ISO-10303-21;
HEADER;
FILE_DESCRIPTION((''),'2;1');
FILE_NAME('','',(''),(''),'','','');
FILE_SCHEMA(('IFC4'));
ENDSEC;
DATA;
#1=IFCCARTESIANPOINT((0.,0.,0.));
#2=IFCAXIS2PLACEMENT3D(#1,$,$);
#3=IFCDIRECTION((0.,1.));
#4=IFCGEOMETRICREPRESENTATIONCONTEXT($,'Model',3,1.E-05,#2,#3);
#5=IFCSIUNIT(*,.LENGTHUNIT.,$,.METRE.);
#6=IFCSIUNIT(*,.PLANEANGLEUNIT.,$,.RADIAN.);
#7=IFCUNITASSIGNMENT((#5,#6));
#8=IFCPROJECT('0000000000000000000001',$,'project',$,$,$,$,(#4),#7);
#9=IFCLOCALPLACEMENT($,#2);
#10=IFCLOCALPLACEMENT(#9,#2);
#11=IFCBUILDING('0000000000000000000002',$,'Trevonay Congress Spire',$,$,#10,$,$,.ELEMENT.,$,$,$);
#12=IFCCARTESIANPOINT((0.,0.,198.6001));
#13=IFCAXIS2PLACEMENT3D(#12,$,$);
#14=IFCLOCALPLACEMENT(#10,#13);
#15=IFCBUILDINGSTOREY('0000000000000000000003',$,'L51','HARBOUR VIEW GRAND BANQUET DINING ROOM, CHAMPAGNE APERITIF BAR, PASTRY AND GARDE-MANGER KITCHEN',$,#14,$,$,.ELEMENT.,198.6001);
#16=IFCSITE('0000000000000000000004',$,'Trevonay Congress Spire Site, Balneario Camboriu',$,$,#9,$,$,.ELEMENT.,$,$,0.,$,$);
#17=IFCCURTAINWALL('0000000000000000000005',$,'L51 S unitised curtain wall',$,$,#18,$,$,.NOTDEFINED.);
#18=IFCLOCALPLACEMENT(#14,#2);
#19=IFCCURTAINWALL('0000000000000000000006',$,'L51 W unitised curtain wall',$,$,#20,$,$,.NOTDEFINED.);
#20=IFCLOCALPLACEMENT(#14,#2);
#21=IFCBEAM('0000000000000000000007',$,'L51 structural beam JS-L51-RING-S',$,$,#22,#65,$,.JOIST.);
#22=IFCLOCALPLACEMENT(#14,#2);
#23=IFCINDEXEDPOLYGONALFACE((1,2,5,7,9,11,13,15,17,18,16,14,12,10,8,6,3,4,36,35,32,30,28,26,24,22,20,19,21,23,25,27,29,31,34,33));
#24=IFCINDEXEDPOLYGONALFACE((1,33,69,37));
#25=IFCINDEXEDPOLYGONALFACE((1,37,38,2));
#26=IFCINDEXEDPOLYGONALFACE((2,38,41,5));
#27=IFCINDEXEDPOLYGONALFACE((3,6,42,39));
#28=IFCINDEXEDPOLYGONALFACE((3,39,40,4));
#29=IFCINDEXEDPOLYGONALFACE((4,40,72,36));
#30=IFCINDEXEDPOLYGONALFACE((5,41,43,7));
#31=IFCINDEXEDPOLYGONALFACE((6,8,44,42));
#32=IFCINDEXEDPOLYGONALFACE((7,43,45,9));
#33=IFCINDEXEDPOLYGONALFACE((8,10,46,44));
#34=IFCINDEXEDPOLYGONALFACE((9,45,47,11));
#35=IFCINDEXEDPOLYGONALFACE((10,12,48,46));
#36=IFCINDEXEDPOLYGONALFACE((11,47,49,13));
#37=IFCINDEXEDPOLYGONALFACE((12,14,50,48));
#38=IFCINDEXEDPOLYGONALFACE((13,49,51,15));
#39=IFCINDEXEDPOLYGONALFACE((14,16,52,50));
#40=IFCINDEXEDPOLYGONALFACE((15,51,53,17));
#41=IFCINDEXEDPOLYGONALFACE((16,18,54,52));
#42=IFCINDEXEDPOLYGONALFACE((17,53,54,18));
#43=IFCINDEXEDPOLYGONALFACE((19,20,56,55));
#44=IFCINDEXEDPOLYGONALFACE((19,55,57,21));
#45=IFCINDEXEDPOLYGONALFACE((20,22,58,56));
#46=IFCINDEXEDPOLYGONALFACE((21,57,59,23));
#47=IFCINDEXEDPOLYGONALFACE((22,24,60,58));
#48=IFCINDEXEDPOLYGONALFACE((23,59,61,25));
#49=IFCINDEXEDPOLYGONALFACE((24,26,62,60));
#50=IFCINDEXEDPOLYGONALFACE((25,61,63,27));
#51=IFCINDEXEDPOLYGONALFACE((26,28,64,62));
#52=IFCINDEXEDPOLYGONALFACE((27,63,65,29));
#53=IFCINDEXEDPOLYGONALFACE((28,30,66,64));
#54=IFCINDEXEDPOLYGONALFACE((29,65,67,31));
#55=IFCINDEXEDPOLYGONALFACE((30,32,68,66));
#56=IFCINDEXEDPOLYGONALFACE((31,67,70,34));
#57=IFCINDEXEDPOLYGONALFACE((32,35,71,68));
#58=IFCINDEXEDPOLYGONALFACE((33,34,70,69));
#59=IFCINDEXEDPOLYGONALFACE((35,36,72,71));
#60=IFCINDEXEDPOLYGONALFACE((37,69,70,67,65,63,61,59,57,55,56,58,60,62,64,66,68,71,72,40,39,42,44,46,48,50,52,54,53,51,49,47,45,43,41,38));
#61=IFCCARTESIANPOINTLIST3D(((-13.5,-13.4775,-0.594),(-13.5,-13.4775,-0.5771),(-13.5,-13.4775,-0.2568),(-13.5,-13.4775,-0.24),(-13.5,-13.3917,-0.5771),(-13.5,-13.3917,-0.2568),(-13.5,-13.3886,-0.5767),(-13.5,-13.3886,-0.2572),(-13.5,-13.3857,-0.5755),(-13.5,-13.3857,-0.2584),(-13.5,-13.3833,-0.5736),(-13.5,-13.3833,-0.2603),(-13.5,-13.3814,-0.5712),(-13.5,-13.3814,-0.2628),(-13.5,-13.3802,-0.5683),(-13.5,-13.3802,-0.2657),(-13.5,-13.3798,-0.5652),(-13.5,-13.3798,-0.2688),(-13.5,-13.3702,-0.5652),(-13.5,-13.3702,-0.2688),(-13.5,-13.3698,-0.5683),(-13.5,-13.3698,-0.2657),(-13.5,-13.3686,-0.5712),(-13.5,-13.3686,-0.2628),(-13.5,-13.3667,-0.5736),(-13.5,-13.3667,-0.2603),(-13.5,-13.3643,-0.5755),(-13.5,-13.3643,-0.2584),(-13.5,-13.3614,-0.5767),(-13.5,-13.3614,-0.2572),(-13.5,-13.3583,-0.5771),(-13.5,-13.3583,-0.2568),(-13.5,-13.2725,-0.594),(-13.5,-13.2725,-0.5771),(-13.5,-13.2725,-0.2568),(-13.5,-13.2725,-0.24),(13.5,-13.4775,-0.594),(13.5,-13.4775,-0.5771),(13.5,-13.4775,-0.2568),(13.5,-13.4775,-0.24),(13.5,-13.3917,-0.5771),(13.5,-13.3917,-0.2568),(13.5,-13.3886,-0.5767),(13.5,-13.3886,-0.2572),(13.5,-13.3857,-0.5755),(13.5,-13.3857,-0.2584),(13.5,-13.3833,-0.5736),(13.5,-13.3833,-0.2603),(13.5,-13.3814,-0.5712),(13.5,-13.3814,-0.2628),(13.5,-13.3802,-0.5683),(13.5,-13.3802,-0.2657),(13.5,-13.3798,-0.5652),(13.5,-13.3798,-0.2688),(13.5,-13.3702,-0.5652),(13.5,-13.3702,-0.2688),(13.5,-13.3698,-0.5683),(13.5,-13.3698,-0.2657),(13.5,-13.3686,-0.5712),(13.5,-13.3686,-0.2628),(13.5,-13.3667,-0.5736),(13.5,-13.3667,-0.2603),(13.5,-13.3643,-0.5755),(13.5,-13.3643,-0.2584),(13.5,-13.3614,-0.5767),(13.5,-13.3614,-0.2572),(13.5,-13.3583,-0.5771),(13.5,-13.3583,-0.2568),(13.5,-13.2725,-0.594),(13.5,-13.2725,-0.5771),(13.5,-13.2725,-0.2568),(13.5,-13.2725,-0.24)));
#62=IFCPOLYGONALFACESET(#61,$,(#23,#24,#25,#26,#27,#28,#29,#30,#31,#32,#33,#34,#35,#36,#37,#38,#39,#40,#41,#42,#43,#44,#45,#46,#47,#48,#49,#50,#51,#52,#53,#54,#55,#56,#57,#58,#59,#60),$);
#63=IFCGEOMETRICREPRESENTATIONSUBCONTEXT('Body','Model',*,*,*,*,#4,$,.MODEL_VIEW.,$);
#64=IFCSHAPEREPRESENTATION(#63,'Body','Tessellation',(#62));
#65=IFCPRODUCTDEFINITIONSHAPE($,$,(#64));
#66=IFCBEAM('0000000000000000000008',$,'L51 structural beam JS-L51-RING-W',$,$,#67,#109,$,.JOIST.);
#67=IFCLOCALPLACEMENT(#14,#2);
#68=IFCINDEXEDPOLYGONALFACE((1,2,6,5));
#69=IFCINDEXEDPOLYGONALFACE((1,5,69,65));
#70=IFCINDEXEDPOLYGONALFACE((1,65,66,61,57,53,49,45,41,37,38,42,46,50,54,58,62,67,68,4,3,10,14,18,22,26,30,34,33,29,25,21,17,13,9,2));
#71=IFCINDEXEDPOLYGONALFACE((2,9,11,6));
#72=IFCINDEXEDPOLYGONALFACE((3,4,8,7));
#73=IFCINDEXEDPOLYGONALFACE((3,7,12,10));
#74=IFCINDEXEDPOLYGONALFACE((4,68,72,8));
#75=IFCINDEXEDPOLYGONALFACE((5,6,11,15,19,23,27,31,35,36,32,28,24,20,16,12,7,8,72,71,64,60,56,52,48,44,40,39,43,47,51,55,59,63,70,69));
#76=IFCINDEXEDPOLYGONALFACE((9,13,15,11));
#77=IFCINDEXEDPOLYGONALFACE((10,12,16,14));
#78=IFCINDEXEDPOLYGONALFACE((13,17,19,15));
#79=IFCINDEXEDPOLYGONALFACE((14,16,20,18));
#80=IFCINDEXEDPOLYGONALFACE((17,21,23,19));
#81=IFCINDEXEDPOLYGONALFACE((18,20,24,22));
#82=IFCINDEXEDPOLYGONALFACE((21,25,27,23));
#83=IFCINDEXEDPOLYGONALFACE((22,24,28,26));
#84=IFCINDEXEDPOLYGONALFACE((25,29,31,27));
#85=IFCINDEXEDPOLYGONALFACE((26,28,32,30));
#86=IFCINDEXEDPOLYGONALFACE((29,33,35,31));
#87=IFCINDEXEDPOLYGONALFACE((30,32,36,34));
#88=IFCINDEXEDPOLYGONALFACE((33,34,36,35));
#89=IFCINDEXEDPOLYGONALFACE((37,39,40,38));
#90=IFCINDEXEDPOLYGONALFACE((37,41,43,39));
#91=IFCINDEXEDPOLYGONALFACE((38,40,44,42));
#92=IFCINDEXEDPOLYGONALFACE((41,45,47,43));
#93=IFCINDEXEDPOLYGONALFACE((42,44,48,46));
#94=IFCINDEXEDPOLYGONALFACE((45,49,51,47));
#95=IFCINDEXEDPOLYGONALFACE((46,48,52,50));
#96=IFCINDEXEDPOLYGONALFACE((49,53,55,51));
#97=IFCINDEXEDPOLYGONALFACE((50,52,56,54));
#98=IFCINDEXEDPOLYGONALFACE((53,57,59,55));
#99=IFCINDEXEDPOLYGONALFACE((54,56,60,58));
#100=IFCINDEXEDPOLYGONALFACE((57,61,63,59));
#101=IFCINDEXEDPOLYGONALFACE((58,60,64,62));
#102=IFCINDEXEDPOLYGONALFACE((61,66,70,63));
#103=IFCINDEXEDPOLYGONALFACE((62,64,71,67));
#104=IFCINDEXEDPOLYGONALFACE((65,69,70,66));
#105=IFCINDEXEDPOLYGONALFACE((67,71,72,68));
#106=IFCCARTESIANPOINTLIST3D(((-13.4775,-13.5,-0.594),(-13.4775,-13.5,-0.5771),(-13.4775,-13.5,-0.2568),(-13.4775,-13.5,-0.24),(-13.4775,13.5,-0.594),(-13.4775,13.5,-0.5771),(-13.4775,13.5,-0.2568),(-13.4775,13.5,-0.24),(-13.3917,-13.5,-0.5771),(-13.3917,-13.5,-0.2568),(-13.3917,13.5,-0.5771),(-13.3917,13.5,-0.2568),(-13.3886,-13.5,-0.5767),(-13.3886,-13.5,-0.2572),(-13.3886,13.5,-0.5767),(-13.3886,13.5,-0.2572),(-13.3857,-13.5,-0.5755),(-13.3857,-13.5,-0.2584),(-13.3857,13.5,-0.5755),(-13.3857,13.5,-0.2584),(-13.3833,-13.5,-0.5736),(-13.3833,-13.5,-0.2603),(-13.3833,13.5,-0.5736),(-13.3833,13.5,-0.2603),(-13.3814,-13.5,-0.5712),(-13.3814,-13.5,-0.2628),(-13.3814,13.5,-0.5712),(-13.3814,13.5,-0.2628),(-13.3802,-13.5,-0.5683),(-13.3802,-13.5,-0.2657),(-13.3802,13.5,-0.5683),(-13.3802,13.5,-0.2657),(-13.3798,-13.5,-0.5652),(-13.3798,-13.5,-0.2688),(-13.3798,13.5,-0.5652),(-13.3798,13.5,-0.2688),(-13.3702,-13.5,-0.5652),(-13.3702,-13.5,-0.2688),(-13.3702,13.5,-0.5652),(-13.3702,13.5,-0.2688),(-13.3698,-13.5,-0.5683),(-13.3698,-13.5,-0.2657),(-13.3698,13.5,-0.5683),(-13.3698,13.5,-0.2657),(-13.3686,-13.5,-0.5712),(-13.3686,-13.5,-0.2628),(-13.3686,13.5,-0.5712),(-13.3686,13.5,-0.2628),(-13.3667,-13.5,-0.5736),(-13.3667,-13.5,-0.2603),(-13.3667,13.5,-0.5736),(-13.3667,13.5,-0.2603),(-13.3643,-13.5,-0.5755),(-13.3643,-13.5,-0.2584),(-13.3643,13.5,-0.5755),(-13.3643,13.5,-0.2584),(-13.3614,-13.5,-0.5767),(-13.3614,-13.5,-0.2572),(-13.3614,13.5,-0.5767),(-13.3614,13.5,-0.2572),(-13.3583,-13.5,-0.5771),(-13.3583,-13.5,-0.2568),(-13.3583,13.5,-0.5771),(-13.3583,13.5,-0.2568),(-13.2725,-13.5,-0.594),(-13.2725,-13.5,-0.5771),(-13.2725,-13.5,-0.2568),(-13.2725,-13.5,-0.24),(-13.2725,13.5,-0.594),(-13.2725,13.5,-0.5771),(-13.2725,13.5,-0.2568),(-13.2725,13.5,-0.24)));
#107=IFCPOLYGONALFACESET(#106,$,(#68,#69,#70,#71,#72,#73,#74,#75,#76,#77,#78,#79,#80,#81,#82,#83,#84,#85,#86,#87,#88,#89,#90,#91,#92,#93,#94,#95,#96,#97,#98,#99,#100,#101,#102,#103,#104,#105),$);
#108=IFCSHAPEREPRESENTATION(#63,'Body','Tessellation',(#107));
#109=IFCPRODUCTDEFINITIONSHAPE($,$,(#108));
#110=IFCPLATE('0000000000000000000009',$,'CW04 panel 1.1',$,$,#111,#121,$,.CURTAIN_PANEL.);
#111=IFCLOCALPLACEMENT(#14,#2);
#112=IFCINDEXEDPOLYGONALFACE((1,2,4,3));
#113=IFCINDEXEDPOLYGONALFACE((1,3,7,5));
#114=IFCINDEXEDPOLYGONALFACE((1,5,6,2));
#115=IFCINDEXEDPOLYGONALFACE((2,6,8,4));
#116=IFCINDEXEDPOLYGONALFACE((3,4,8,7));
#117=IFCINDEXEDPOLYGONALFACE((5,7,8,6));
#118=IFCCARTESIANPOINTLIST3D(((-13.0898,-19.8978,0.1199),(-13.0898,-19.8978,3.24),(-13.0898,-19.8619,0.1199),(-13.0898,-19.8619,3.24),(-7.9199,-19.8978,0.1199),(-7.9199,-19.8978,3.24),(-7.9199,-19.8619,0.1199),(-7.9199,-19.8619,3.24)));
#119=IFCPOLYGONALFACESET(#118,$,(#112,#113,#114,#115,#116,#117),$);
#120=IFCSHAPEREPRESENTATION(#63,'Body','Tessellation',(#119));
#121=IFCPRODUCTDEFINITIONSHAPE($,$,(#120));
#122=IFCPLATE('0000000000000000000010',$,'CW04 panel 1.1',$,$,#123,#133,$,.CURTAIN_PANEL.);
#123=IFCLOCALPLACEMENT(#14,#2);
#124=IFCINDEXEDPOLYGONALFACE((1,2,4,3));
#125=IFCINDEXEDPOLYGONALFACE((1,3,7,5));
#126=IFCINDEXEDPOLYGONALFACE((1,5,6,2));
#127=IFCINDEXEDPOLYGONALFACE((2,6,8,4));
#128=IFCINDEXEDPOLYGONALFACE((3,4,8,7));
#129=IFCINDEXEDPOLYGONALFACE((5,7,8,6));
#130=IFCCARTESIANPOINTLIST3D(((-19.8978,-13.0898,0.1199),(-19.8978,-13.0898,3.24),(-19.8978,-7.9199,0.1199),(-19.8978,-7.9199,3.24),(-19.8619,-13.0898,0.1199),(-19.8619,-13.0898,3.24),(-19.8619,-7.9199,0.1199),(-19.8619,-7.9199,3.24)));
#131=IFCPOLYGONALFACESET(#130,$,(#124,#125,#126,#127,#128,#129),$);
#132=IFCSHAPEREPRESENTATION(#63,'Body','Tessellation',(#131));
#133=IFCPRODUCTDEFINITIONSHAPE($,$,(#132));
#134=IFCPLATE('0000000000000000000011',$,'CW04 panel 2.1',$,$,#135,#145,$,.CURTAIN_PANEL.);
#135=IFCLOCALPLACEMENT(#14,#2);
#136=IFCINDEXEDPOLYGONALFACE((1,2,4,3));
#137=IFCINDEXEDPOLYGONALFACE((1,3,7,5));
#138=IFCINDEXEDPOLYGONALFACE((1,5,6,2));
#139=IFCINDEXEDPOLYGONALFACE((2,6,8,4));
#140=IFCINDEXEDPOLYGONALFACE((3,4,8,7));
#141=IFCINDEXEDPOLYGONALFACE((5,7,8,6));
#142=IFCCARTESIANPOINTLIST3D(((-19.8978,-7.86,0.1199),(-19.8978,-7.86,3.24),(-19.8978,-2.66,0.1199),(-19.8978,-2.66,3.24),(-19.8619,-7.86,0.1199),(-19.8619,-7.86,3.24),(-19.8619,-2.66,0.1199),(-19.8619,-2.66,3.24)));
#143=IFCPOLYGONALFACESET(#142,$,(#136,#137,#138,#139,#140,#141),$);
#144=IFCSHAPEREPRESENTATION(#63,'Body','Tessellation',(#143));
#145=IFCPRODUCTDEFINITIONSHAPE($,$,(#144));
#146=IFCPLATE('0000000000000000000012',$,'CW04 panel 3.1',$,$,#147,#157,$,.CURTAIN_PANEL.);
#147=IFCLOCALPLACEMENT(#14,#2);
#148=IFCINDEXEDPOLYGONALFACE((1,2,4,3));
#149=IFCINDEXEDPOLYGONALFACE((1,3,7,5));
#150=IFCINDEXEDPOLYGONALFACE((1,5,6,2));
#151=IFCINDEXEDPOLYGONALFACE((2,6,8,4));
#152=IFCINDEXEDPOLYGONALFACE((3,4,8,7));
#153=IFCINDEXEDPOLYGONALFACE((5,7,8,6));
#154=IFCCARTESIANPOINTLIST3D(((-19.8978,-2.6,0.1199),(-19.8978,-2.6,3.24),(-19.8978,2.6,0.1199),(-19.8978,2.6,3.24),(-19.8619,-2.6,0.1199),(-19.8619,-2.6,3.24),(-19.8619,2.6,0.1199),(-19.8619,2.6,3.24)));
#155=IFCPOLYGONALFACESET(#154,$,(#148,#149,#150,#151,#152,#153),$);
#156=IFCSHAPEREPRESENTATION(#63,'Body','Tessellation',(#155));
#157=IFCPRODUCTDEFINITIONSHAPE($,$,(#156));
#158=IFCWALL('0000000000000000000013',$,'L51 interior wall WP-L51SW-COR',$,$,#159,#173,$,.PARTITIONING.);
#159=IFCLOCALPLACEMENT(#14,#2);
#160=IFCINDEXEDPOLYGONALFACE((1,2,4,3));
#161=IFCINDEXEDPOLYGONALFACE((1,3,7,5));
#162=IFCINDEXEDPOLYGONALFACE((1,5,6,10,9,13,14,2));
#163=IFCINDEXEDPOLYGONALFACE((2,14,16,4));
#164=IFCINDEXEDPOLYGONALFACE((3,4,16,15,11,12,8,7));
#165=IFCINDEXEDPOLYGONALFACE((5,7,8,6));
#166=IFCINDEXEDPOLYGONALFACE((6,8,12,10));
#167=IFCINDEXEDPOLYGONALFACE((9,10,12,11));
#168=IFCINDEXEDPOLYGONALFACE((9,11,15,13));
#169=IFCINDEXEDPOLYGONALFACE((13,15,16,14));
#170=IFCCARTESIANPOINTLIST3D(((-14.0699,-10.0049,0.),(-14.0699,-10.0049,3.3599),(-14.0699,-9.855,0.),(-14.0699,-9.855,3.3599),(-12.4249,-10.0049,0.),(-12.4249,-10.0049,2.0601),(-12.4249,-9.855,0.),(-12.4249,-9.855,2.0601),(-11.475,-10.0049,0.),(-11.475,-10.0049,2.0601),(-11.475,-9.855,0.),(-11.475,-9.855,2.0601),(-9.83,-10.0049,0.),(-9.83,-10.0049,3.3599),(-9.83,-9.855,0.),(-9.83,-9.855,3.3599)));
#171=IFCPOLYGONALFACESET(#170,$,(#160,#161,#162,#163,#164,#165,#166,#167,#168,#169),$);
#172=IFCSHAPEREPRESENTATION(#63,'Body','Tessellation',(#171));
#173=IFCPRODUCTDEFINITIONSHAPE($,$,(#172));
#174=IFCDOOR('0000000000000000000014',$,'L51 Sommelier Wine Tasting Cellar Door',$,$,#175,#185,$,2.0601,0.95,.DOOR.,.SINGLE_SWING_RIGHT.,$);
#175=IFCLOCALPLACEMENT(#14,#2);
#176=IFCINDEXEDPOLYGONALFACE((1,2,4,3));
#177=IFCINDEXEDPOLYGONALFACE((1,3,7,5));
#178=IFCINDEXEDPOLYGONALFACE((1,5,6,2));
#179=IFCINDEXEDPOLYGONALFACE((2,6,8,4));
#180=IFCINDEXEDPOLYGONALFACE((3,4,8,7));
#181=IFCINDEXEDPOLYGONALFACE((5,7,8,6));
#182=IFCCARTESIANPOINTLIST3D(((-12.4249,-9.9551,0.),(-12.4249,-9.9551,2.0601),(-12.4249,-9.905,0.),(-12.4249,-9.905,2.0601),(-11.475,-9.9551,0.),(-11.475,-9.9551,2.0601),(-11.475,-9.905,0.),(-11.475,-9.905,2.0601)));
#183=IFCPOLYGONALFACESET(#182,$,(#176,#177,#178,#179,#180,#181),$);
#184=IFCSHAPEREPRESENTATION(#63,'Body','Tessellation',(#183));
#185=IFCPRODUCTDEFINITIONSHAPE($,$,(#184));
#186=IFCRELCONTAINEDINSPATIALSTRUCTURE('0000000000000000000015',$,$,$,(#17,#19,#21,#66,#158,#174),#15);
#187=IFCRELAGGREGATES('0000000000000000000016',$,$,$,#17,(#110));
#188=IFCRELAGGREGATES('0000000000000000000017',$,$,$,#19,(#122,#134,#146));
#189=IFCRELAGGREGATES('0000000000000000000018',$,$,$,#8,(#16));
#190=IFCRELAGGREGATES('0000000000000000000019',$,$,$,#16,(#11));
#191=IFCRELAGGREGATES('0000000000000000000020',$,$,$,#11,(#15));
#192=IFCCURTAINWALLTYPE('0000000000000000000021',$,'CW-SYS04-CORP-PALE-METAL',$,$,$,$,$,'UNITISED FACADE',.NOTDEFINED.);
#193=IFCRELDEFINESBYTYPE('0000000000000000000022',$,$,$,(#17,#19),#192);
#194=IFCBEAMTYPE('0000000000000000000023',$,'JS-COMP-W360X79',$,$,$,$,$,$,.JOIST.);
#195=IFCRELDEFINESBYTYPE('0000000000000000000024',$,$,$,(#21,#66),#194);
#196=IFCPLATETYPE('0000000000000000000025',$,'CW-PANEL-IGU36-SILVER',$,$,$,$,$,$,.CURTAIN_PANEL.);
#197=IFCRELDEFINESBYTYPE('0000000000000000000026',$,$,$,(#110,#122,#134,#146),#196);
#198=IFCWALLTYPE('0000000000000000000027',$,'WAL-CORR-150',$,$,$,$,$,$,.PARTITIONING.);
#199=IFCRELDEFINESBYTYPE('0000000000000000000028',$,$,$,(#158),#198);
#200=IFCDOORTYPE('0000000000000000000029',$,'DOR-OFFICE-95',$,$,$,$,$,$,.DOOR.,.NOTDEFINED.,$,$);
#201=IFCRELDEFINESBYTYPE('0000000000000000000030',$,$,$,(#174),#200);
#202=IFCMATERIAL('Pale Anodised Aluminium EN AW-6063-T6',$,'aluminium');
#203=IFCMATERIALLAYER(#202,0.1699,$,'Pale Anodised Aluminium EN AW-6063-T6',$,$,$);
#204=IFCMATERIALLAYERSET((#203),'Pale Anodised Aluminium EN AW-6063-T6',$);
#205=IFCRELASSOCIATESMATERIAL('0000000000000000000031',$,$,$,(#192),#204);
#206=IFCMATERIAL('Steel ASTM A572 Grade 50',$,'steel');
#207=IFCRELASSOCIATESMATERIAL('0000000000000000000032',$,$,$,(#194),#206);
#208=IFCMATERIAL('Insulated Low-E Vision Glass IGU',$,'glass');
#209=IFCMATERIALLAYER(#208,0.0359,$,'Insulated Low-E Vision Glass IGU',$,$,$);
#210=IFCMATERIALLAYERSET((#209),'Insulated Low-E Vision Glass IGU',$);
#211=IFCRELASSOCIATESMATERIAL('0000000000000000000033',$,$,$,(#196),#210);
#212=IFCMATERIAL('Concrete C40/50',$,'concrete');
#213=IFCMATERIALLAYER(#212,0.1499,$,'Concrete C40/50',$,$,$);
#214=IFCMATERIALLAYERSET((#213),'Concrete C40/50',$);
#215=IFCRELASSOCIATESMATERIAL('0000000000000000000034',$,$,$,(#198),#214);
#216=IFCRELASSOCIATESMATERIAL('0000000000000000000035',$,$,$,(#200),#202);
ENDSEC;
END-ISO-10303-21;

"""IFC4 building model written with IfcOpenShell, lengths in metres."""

from ifc_helpers import new_model, si_unit, direction, frame, frame_2d, origin, origin_2d, place, context, subcontext, project, spatial, rectangle, i_section, extrude, material, layer, layer_set, material_profile, profile_set, type_object, element, fill, aggregate, save


model = new_model("IFC4")

# Units and contexts
model_context = context("Model", 3, precision=1e-05, world=origin(), true_north=direction((0.0, 1.0)))
body_context = subcontext(model_context, "Body", "Model", "MODEL_VIEW")
ifc_project = project(units=[si_unit("LENGTHUNIT", "METRE"), si_unit("PLANEANGLEUNIT", "RADIAN")], contexts=[model_context])

# Site, building, storey
site_placement = place(None, origin())
site = spatial("IfcSite", under=ifc_project, at=site_placement, Name="Trevonay Congress Spire Site, Balneario Camboriu", CompositionType="ELEMENT", RefElevation=0.0)
building_placement = place(site_placement, origin())
building = spatial("IfcBuilding", under=site, at=building_placement, Name="Trevonay Congress Spire", CompositionType="ELEMENT")
storey_placement = place(building_placement, frame((0.0, 0.0, 198.6001)))
storey = spatial("IfcBuildingStorey", under=building, at=storey_placement, Name="L51", Description="HARBOUR VIEW GRAND BANQUET DINING ROOM, CHAMPAGNE APERITIF BAR, PASTRY AND GARDE-MANGER KITCHEN", CompositionType="ELEMENT", Elevation=198.6001)

# Shared definitions
ifc_material_1 = material(Name="Steel ASTM A572 Grade 50", Category="steel")

# Curtain wall
ifc_material_2 = material(Name="Pale Anodised Aluminium EN AW-6063-T6", Category="aluminium")
ifc_layer_1 = layer(ifc_material_2, 0.1699, Name="Pale Anodised Aluminium EN AW-6063-T6")
ifc_layer_set_1 = layer_set([ifc_layer_1], Name="Pale Anodised Aluminium EN AW-6063-T6")
curtain_wall_type = type_object("IfcCurtainWallType", Name="CW-SYS04-CORP-PALE-METAL", ElementType="UNITISED FACADE", PredefinedType="NOTDEFINED", material=ifc_layer_set_1)
curtain_wall_1_placement = place(storey_placement, origin())
curtain_wall_1 = element("IfcCurtainWall", 1, at=curtain_wall_1_placement, inside=storey, type_object=curtain_wall_type, Name="L51 S unitised curtain wall", PredefinedType="NOTDEFINED")

# Curtain wall
curtain_wall_2_placement = place(storey_placement, origin())
curtain_wall_2 = element("IfcCurtainWall", 2, at=curtain_wall_2_placement, inside=storey, type_object=curtain_wall_type, Name="L51 W unitised curtain wall", PredefinedType="NOTDEFINED")

# Beams
ifc_material_profile_1 = material_profile(ifc_material_1, i_section(OverallWidth=0.2051, OverallDepth=0.354, WebThickness=0.0095, FlangeThickness=0.0168, FilletRadius=0.012, at=origin_2d()), Name="W360x79")
ifc_profile_set_1 = profile_set([ifc_material_profile_1], Name="Steel ASTM A572 Grade 50")
beam_type_1 = type_object("IfcBeamType", Name="JS-COMP-W360X79", PredefinedType="JOIST", material=ifc_profile_set_1)
for number, where, z_axis, x_axis, name in (
    (3, (-13.5, -13.375, -0.417), (1.0, 0.0, 0.0), (0.0, 1.0, 0.0), "L51 structural beam JS-L51-RING-S"),
    (4, (-13.375, -13.5, -0.417), (0.0, 1.0, 0.0), (-1.0, 0.0, 0.0), "L51 structural beam JS-L51-RING-W"),
):
    element("IfcBeam", number, at=place(storey_placement, frame(where, z_axis=z_axis, x_axis=x_axis)), inside=storey, type_object=beam_type_1, Name=name, PredefinedType="JOIST", context=body_context, shape_type="SweptSolid", body=[
        extrude(i_section(OverallWidth=0.2051, OverallDepth=0.354, WebThickness=0.0095, FlangeThickness=0.0168, FilletRadius=0.012, at=origin_2d()), origin(), (0.0, 0.0, 1.0), 27.0),
    ])

# Plates
ifc_material_3 = material(Name="Insulated Low-E Vision Glass IGU", Category="glass")
ifc_layer_2 = layer(ifc_material_3, 0.0359, Name="Insulated Low-E Vision Glass IGU")
ifc_layer_set_2 = layer_set([ifc_layer_2], Name="Insulated Low-E Vision Glass IGU")
plate_type = type_object("IfcPlateType", Name="CW-PANEL-IGU36-SILVER", PredefinedType="CURTAIN_PANEL", material=ifc_layer_set_2)
plate_1_placement = place(storey_placement, frame((-10.5049, -19.8799, 0.1199), z_axis=(0.0, 0.0, 1.0), x_axis=(1.0, 0.0, 0.0)))
plate_1 = element("IfcPlate", 5, at=plate_1_placement, type_object=plate_type, Name="CW04 panel 1.1", PredefinedType="CURTAIN_PANEL", context=body_context, shape_type="SweptSolid", body=[
    extrude(rectangle(XDim=5.1699, YDim=0.0359, at=origin_2d()), origin(), (0.0, 0.0, 1.0), 3.1201),
])
aggregate(curtain_wall_1, [plate_1])
plate_2_placement = place(storey_placement, frame((-19.8799, -10.5049, 0.1199), z_axis=(0.0, 0.0, 1.0), x_axis=(0.0, 1.0, 0.0)))
plate_2 = element("IfcPlate", 6, at=plate_2_placement, type_object=plate_type, Name="CW04 panel 1.1", PredefinedType="CURTAIN_PANEL", context=body_context, shape_type="SweptSolid", body=[
    extrude(rectangle(XDim=5.1699, YDim=0.0359, at=origin_2d()), origin(), (0.0, 0.0, 1.0), 3.1201),
])
plate_3_placement = place(storey_placement, frame((-19.8799, -5.26, 0.1199), z_axis=(0.0, 0.0, 1.0), x_axis=(0.0, 1.0, 0.0)))
plate_3 = element("IfcPlate", 7, at=plate_3_placement, type_object=plate_type, Name="CW04 panel 2.1", PredefinedType="CURTAIN_PANEL", context=body_context, shape_type="SweptSolid", body=[
    extrude(rectangle(XDim=5.2, YDim=0.0359, at=origin_2d()), origin(), (0.0, 0.0, 1.0), 3.1201),
])
plate_4_placement = place(storey_placement, frame((-19.8799, 0.0, 0.1199), z_axis=(0.0, 0.0, 1.0), x_axis=(0.0, 1.0, 0.0)))
plate_4 = element("IfcPlate", 8, at=plate_4_placement, type_object=plate_type, Name="CW04 panel 3.1", PredefinedType="CURTAIN_PANEL", context=body_context, shape_type="SweptSolid", body=[
    extrude(rectangle(XDim=5.2, YDim=0.0359, at=origin_2d()), origin(), (0.0, 0.0, 1.0), 3.1201),
])
aggregate(curtain_wall_2, [plate_2, plate_3, plate_4])

# Wall, opening, door
ifc_material_4 = material(Name="Concrete C40/50", Category="concrete")
ifc_layer_3 = layer(ifc_material_4, 0.1499, Name="Concrete C40/50")
ifc_layer_set_3 = layer_set([ifc_layer_3], Name="Concrete C40/50")
wall_type_1 = type_object("IfcWallType", Name="WAL-CORR-150", PredefinedType="PARTITIONING", material=ifc_layer_set_3)
wall_1_placement = place(storey_placement, frame((-14.0701, -9.9299, 0.0), z_axis=(0.0, 0.0, 1.0), x_axis=(1.0, 0.0, 0.0)))
wall_1 = element("IfcWall", 9, at=wall_1_placement, inside=storey, type_object=wall_type_1, Name="L51 interior wall WP-L51SW-COR", PredefinedType="PARTITIONING", context=body_context, shape_type="SweptSolid", body=[
    extrude(rectangle(XDim=4.24, YDim=0.1499, at=frame_2d((2.1201, 0.0))), origin(), (0.0, 0.0, 1.0), 3.3599),
])
opening_1_placement = place(wall_1_placement, frame((1.645, 0.0, 0.0)))
opening_1 = element("IfcOpeningElement", 10, at=opening_1_placement, cuts=wall_1, PredefinedType="OPENING", context=body_context, shape_type="SweptSolid", body=[
    extrude(rectangle(XDim=0.95, YDim=2.0601, at=frame_2d((0.4751, 1.03))), frame((0.0, 0.085, 0.0), z_axis=(0.0, -1.0, 0.0), x_axis=(1.0, 0.0, 0.0)), (0.0, 0.0, 1.0), 0.1699),
])
door_type = type_object("IfcDoorType", Name="DOR-OFFICE-95", OperationType="NOTDEFINED", PredefinedType="DOOR", material=ifc_material_2)
door_placement = place(opening_1_placement, origin())
door = element("IfcDoor", 11, at=door_placement, inside=storey, type_object=door_type, Name="L51 Sommelier Wine Tasting Cellar Door", OperationType="SINGLE_SWING_RIGHT", OverallHeight=2.0601, OverallWidth=0.95, PredefinedType="DOOR", context=body_context, shape_type="SweptSolid", body=[
    extrude(rectangle(XDim=0.95, YDim=2.0601, at=frame_2d((0.4751, 1.03))), frame((0.0, 0.0249, 0.0), z_axis=(0.0, -1.0, 0.0), x_axis=(1.0, 0.0, 0.0)), (0.0, 0.0, 1.0), 0.05),
])
fill(opening_1, door)

save(model, "model.ifc")
